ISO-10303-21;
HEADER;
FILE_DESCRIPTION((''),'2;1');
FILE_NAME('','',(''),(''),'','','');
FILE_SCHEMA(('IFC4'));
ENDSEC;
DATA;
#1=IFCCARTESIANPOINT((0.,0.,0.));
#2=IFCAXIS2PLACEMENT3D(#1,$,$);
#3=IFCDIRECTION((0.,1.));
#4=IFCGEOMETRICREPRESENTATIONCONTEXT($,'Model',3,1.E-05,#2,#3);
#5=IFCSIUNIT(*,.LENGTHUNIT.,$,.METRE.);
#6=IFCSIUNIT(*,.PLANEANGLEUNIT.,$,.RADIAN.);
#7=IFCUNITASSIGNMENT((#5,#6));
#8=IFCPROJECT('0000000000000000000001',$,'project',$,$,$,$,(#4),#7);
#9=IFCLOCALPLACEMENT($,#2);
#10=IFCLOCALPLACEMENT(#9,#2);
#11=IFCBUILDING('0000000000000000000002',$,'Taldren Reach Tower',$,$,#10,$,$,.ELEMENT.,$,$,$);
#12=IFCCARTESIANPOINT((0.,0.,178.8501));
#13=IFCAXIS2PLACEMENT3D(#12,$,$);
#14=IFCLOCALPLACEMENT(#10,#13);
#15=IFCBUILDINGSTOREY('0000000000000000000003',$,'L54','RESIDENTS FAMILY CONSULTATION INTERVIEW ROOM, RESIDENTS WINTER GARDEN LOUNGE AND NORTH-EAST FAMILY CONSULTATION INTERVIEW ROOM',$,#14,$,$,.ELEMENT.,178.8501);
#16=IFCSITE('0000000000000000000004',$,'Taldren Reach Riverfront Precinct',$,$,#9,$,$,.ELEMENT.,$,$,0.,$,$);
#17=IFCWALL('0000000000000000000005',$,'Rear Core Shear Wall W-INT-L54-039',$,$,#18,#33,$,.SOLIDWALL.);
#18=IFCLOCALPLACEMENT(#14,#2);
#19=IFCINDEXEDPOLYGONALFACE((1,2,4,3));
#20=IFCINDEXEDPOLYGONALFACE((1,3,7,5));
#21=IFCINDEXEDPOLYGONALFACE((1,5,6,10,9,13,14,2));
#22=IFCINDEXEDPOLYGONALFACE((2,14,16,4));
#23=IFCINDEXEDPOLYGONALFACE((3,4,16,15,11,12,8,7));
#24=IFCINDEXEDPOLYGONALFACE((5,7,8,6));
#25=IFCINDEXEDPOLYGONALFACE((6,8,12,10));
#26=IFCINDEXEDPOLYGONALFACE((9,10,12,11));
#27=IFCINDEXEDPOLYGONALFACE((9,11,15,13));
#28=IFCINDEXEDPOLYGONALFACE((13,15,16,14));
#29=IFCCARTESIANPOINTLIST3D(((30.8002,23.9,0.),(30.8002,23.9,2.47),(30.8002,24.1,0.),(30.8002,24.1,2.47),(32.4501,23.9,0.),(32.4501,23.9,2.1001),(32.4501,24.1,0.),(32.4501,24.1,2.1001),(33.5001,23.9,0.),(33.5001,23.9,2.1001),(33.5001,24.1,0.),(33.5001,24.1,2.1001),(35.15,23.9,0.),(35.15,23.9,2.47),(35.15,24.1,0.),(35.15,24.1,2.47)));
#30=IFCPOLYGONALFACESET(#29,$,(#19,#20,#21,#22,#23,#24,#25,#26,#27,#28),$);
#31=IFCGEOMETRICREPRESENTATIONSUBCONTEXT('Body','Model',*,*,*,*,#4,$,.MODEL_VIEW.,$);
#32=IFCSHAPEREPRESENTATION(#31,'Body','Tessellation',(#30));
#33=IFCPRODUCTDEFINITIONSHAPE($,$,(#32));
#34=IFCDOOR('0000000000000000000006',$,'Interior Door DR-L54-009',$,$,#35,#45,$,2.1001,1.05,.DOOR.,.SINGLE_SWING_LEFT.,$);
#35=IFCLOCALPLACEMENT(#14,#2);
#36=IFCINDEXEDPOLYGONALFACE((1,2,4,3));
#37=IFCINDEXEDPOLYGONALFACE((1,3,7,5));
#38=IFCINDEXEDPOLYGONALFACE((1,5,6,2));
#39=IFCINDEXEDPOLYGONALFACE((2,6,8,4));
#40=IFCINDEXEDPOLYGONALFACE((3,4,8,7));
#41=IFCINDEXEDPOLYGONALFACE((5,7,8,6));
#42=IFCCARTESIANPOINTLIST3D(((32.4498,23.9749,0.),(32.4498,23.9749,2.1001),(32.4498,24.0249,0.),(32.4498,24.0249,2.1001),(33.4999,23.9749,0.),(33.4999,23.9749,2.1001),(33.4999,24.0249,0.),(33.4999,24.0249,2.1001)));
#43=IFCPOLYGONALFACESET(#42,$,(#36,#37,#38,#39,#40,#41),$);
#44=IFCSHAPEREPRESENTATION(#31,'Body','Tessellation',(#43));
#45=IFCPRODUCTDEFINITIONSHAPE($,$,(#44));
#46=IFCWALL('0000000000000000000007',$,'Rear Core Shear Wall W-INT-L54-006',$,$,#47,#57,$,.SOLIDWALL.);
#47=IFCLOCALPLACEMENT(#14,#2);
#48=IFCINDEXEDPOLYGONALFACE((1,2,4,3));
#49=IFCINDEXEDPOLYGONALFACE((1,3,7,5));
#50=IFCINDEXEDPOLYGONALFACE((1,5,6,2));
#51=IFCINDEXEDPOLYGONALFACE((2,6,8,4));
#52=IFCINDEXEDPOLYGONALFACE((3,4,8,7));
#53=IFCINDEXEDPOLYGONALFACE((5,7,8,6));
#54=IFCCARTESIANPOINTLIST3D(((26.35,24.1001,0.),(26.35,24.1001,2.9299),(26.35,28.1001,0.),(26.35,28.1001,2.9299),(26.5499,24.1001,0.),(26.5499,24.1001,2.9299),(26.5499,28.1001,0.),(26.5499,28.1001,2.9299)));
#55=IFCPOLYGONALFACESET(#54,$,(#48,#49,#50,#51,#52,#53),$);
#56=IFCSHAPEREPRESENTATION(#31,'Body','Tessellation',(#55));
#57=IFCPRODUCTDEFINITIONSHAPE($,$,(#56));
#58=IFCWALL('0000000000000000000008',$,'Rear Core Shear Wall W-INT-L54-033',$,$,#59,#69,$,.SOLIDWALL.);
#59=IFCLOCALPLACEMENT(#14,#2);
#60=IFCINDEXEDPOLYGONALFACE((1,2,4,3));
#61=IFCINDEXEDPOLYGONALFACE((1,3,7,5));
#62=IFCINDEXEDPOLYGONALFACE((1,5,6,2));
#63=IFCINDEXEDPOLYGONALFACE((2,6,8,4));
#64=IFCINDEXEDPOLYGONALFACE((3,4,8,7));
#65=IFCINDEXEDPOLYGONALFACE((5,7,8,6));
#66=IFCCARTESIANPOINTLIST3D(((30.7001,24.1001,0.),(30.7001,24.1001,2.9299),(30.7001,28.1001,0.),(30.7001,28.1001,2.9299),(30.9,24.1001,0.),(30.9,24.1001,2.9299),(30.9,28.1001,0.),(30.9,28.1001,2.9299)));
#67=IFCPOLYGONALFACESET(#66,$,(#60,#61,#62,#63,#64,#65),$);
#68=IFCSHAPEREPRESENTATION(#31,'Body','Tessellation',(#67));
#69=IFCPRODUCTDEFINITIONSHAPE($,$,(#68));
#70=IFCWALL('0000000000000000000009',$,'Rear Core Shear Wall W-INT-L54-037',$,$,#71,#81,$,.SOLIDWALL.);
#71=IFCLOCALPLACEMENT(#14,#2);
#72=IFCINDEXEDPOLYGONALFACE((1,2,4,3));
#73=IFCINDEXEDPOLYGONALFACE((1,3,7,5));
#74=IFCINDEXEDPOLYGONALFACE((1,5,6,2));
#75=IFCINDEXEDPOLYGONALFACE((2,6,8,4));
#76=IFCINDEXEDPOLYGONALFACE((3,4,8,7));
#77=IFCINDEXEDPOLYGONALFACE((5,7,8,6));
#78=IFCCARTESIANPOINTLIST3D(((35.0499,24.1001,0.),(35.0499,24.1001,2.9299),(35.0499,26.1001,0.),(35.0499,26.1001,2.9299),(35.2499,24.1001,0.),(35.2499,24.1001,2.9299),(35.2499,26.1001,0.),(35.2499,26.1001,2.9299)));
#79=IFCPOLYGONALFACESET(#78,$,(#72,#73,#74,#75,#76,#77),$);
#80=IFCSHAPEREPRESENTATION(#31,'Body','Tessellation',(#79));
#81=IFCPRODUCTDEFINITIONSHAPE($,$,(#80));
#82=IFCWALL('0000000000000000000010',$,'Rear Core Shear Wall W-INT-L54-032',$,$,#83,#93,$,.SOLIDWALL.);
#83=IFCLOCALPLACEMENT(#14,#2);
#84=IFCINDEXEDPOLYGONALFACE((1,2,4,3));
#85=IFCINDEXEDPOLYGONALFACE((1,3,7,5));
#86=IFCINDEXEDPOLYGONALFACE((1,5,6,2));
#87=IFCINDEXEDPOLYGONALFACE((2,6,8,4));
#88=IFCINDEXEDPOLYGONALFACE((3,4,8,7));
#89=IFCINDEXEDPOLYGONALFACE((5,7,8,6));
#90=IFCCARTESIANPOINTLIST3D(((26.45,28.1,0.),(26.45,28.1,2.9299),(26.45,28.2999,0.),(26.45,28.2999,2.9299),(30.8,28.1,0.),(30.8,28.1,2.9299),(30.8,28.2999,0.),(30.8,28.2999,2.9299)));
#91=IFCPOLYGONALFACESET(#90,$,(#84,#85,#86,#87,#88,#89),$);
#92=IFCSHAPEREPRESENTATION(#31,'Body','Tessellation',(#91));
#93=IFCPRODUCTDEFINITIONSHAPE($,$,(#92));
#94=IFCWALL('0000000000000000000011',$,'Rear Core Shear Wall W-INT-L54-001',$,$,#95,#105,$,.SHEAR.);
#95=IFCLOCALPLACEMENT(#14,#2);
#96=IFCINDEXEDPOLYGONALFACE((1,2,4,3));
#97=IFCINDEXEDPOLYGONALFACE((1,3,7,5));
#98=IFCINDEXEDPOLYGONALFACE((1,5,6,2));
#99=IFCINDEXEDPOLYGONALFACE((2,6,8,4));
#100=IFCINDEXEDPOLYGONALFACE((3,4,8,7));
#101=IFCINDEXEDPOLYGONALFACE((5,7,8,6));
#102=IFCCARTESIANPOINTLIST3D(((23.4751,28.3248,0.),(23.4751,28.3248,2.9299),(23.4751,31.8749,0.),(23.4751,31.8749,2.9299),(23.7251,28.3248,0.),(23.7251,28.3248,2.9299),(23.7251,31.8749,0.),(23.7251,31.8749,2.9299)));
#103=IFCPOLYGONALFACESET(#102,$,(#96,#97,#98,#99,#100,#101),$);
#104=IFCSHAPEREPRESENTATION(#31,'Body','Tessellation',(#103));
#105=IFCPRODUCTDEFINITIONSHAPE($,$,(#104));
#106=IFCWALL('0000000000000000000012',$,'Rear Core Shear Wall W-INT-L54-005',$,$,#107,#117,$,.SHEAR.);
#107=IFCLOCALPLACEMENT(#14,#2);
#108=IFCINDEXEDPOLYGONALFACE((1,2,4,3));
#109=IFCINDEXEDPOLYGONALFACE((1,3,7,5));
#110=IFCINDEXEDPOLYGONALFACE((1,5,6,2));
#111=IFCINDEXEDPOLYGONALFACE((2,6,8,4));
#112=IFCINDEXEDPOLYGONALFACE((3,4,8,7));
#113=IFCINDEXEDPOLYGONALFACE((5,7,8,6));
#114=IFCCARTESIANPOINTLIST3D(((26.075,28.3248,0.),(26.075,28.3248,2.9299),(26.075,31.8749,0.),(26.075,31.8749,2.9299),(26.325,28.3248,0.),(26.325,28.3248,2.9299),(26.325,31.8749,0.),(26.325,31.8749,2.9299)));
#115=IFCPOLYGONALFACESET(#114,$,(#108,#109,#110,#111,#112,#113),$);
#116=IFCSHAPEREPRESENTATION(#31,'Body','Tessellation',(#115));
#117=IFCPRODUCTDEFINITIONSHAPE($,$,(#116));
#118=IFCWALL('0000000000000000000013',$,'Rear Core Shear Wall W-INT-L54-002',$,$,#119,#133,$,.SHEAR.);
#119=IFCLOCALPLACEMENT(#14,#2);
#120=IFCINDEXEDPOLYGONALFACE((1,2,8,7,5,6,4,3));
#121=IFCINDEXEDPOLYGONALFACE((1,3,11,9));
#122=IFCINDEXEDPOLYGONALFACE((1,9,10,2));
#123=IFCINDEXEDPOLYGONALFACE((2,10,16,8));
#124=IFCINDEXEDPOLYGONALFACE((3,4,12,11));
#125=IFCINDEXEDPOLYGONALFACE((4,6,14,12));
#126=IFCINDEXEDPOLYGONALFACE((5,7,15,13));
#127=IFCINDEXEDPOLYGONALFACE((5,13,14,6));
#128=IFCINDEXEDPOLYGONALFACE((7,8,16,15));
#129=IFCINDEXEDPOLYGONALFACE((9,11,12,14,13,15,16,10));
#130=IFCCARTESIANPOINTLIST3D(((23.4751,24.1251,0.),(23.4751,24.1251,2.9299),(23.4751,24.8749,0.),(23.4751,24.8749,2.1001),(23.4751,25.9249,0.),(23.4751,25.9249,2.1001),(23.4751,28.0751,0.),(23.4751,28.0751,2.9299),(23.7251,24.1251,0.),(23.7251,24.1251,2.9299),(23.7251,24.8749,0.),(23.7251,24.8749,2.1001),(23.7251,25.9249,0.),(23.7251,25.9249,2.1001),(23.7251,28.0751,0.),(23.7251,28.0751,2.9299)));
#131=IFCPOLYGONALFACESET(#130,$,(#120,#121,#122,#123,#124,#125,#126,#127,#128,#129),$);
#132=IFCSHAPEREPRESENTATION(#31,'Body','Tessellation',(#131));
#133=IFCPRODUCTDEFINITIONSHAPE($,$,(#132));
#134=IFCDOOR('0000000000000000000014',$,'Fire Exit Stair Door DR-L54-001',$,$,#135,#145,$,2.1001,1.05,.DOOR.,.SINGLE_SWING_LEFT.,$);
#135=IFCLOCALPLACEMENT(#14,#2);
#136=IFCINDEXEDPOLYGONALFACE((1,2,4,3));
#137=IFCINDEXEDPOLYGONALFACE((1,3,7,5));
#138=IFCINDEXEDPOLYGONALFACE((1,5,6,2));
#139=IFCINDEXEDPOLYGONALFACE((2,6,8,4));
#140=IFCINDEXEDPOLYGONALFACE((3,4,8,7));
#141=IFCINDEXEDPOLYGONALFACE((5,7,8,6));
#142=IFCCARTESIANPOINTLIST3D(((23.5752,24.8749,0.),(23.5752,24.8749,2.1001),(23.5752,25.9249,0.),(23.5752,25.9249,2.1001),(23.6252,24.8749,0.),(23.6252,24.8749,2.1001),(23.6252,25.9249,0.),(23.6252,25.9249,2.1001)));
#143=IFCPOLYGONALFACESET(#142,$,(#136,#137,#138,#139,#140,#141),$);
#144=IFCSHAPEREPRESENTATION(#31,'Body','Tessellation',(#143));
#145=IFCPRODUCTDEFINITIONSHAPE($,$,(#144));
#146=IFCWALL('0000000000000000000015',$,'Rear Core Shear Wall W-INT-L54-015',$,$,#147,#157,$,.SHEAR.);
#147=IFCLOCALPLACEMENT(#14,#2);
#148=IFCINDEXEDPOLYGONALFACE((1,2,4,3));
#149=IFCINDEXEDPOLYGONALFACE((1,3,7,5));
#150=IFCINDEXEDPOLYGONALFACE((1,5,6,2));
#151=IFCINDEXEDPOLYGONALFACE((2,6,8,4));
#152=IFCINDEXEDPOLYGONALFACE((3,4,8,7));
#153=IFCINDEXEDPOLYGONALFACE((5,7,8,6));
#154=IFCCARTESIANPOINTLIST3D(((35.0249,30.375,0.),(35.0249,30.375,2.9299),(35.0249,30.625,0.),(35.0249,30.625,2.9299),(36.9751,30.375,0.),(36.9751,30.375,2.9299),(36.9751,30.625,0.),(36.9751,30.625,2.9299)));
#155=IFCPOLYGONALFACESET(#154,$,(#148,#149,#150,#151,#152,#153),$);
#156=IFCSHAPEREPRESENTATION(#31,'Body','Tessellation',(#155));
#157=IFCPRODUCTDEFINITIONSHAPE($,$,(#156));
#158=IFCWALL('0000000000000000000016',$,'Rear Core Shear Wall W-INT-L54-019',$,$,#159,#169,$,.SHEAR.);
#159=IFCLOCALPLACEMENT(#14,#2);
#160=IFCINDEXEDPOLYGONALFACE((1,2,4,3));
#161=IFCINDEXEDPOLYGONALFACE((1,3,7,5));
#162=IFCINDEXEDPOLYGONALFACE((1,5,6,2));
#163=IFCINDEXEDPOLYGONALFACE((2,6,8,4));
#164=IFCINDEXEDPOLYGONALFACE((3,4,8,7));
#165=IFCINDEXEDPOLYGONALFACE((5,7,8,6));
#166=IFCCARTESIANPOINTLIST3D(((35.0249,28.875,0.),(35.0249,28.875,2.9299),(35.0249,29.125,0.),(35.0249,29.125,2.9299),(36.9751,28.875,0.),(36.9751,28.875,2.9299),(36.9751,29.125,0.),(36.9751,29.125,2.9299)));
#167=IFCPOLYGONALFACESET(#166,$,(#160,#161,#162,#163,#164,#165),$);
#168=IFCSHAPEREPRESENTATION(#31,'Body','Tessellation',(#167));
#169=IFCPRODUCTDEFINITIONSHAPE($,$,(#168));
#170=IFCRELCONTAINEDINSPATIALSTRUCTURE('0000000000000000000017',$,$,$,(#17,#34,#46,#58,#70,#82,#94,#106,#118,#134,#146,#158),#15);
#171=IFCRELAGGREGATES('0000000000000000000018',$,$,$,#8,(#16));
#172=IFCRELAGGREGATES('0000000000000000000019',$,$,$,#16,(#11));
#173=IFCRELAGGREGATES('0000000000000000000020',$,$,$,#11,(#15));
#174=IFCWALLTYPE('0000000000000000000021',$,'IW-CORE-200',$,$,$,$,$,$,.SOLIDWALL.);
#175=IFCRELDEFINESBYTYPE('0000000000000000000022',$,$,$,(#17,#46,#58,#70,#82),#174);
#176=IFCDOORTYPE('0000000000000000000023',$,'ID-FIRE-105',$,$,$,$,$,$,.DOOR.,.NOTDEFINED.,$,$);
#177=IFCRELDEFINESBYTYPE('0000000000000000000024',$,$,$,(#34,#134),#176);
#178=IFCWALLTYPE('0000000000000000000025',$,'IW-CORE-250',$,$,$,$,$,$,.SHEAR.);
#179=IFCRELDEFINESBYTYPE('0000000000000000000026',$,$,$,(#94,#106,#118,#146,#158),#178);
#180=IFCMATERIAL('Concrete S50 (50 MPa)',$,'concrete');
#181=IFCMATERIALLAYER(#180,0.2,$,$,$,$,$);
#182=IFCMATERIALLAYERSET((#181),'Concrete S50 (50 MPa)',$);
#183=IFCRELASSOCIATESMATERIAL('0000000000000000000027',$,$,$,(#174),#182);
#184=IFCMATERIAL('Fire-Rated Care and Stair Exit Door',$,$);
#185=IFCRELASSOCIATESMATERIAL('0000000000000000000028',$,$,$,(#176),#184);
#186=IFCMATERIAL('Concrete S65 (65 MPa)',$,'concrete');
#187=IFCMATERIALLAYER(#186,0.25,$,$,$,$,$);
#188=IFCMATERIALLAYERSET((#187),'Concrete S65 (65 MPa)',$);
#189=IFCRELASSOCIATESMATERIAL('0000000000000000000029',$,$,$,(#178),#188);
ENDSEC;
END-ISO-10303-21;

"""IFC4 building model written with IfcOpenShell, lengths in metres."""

from ifc_helpers import new_model, si_unit, direction, frame, frame_2d, origin, place, context, subcontext, project, spatial, rectangle, extrude, source, transform, mapped, material, layer, layer_set, type_object, element, fill, save


model = new_model("IFC4")

# Units and contexts
model_context = context("Model", 3, precision=1e-05, world=origin(), true_north=direction((0.0, 1.0)))
body_context = subcontext(model_context, "Body", "Model", "MODEL_VIEW")
ifc_project = project(units=[si_unit("LENGTHUNIT", "METRE"), si_unit("PLANEANGLEUNIT", "RADIAN")], contexts=[model_context])

# Site, building, storey
site_placement = place(None, origin())
site = spatial("IfcSite", under=ifc_project, at=site_placement, Name="Taldren Reach Riverfront Precinct", CompositionType="ELEMENT", RefElevation=0.0)
building_placement = place(site_placement, origin())
building = spatial("IfcBuilding", under=site, at=building_placement, Name="Taldren Reach Tower", CompositionType="ELEMENT")
storey_placement = place(building_placement, frame((0.0, 0.0, 178.8501)))
storey = spatial("IfcBuildingStorey", under=building, at=storey_placement, Name="L54", Description="RESIDENTS FAMILY CONSULTATION INTERVIEW ROOM, RESIDENTS WINTER GARDEN LOUNGE AND NORTH-EAST FAMILY CONSULTATION INTERVIEW ROOM", CompositionType="ELEMENT", Elevation=178.8501)

# Wall, opening, door
ifc_material_1 = material(Name="Concrete S50 (50 MPa)", Category="concrete")
ifc_layer_1 = layer(ifc_material_1, 0.2)
ifc_layer_set_1 = layer_set([ifc_layer_1], Name="Concrete S50 (50 MPa)")
wall_type_1 = type_object("IfcWallType", Name="IW-CORE-200", PredefinedType="SOLIDWALL", material=ifc_layer_set_1)
shared_shape_1 = source(origin(), body_context, "Body", "SweptSolid", [
    extrude(rectangle(XDim=1.05, YDim=2.1001, at=frame_2d((0.5249, 1.05))), frame((0.0, 0.1099, 0.0), z_axis=(0.0, -1.0, 0.0), x_axis=(1.0, 0.0, 0.0)), (0.0, 0.0, 1.0), 0.22),
])
ifc_material_2 = material(Name="Fire-Rated Care and Stair Exit Door")
door_type = type_object("IfcDoorType", Name="ID-FIRE-105", OperationType="NOTDEFINED", PredefinedType="DOOR", material=ifc_material_2)
shared_shape_2 = source(origin(), body_context, "Body", "SweptSolid", [
    extrude(rectangle(XDim=1.05, YDim=2.1001, at=frame_2d((0.5249, 1.05))), frame((0.0, 0.0249, 0.0), z_axis=(0.0, -1.0, 0.0), x_axis=(1.0, 0.0, 0.0)), (0.0, 0.0, 1.0), 0.05),
])
shared_shape_3 = source(origin(), body_context, "Body", "SweptSolid", [
    extrude(rectangle(XDim=4.3499, YDim=0.2, at=frame_2d((2.1748, 0.0))), origin(), (0.0, 0.0, 1.0), 2.47),
])
wall_1_placement = place(storey_placement, frame((35.1499, 24.0, 0.0), z_axis=(0.0, 0.0, 1.0), x_axis=(-1.0, 0.0, 0.0)))
wall_1 = element("IfcWall", 1, at=wall_1_placement, inside=storey, type_object=wall_type_1, Name="Rear Core Shear Wall W-INT-L54-039", PredefinedType="SOLIDWALL", context=body_context, shape_type="MappedRepresentation", body=[
    mapped(shared_shape_3, transform((0.0, 0.0, 0.0), scale=1.0)),
])
opening_1_placement = place(wall_1_placement, frame((1.6499, 0.0, 0.0)))
opening_1 = element("IfcOpeningElement", 2, at=opening_1_placement, cuts=wall_1, PredefinedType="OPENING", context=body_context, shape_type="MappedRepresentation", body=[
    mapped(shared_shape_1, transform((0.0, 0.0, 0.0), scale=1.0)),
])
door_1_placement = place(opening_1_placement, frame((1.05, 0.0, 0.0), z_axis=(0.0, 0.0, 1.0), x_axis=(-1.0, 0.0, 0.0)))
door_1 = element("IfcDoor", 3, at=door_1_placement, inside=storey, type_object=door_type, Name="Interior Door DR-L54-009", OperationType="SINGLE_SWING_LEFT", OverallHeight=2.1001, OverallWidth=1.05, PredefinedType="DOOR", context=body_context, shape_type="MappedRepresentation", body=[
    mapped(shared_shape_2, transform((0.0, 0.0, 0.0), scale=1.0)),
])
fill(opening_1, door_1)

# Walls
shared_shape_4 = source(origin(), body_context, "Body", "SweptSolid", [
    extrude(rectangle(XDim=4.0, YDim=0.2, at=frame_2d((2.0, 0.0))), origin(), (0.0, 0.0, 1.0), 2.9299),
])
for number, where, z_axis, x_axis, name in (
    (4, (26.45, 24.1001, 0.0), (0.0, 0.0, 1.0), (0.0, 1.0, 0.0), "Rear Core Shear Wall W-INT-L54-006"),
    (5, (30.8, 28.1001, 0.0), (0.0, 0.0, 1.0), (0.0, -1.0, 0.0), "Rear Core Shear Wall W-INT-L54-033"),
):
    element("IfcWall", number, at=place(storey_placement, frame(where, z_axis=z_axis, x_axis=x_axis)), inside=storey, type_object=wall_type_1, Name=name, PredefinedType="SOLIDWALL", context=body_context, shape_type="MappedRepresentation", body=[
        mapped(shared_shape_4, transform((0.0, 0.0, 0.0), scale=1.0)),
    ])
shared_shape_5 = source(origin(), body_context, "Body", "SweptSolid", [
    extrude(rectangle(XDim=2.0, YDim=0.2, at=frame_2d((1.0, 0.0))), origin(), (0.0, 0.0, 1.0), 2.9299),
])
wall_2_placement = place(storey_placement, frame((35.1499, 26.1001, 0.0), z_axis=(0.0, 0.0, 1.0), x_axis=(0.0, -1.0, 0.0)))
element("IfcWall", 6, at=wall_2_placement, inside=storey, type_object=wall_type_1, Name="Rear Core Shear Wall W-INT-L54-037", PredefinedType="SOLIDWALL", context=body_context, shape_type="MappedRepresentation", body=[
    mapped(shared_shape_5, transform((0.0, 0.0, 0.0), scale=1.0)),
])
shared_shape_6 = source(origin(), body_context, "Body", "SweptSolid", [
    extrude(rectangle(XDim=4.3501, YDim=0.2, at=frame_2d((2.175, 0.0))), origin(), (0.0, 0.0, 1.0), 2.9299),
])
wall_3_placement = place(storey_placement, frame((26.45, 28.2, 0.0), z_axis=(0.0, 0.0, 1.0), x_axis=(1.0, 0.0, 0.0)))
element("IfcWall", 7, at=wall_3_placement, inside=storey, type_object=wall_type_1, Name="Rear Core Shear Wall W-INT-L54-032", PredefinedType="SOLIDWALL", context=body_context, shape_type="MappedRepresentation", body=[
    mapped(shared_shape_6, transform((0.0, 0.0, 0.0), scale=1.0)),
])
ifc_material_3 = material(Name="Concrete S65 (65 MPa)", Category="concrete")
ifc_layer_2 = layer(ifc_material_3, 0.25)
ifc_layer_set_2 = layer_set([ifc_layer_2], Name="Concrete S65 (65 MPa)")
wall_type_2 = type_object("IfcWallType", Name="IW-CORE-250", PredefinedType="SHEAR", material=ifc_layer_set_2)
shared_shape_7 = source(origin(), body_context, "Body", "SweptSolid", [
    extrude(rectangle(XDim=3.55, YDim=0.25, at=frame_2d((1.7749, 0.0))), origin(), (0.0, 0.0, 1.0), 2.9299),
])
for number, where, z_axis, x_axis, name in (
    (8, (23.6001, 28.325, 0.0), (0.0, 0.0, 1.0), (0.0, 1.0, 0.0), "Rear Core Shear Wall W-INT-L54-001"),
    (9, (26.2, 28.325, 0.0), (0.0, 0.0, 1.0), (0.0, 1.0, 0.0), "Rear Core Shear Wall W-INT-L54-005"),
):
    element("IfcWall", number, at=place(storey_placement, frame(where, z_axis=z_axis, x_axis=x_axis)), inside=storey, type_object=wall_type_2, Name=name, PredefinedType="SHEAR", context=body_context, shape_type="MappedRepresentation", body=[
        mapped(shared_shape_7, transform((0.0, 0.0, 0.0), scale=1.0)),
    ])

# Wall, opening, door
shared_shape_8 = source(origin(), body_context, "Body", "SweptSolid", [
    extrude(rectangle(XDim=3.95, YDim=0.25, at=frame_2d((1.9751, 0.0))), origin(), (0.0, 0.0, 1.0), 2.9299),
])
wall_4_placement = place(storey_placement, frame((23.6001, 24.125, 0.0), z_axis=(0.0, 0.0, 1.0), x_axis=(0.0, 1.0, 0.0)))
wall_4 = element("IfcWall", 10, at=wall_4_placement, inside=storey, type_object=wall_type_2, Name="Rear Core Shear Wall W-INT-L54-002", PredefinedType="SHEAR", context=body_context, shape_type="MappedRepresentation", body=[
    mapped(shared_shape_8, transform((0.0, 0.0, 0.0), scale=1.0)),
])
shared_shape_9 = source(origin(), body_context, "Body", "SweptSolid", [
    extrude(rectangle(XDim=1.05, YDim=2.1001, at=frame_2d((0.5249, 1.05))), frame((0.0, 0.135, 0.0), z_axis=(0.0, -1.0, 0.0), x_axis=(1.0, 0.0, 0.0)), (0.0, 0.0, 1.0), 0.27),
])
opening_2_placement = place(wall_4_placement, frame((0.75, 0.0, 0.0)))
opening_2 = element("IfcOpeningElement", 11, at=opening_2_placement, cuts=wall_4, PredefinedType="OPENING", context=body_context, shape_type="MappedRepresentation", body=[
    mapped(shared_shape_9, transform((0.0, 0.0, 0.0), scale=1.0)),
])
door_2_placement = place(opening_2_placement, origin())
door_2 = element("IfcDoor", 12, at=door_2_placement, inside=storey, type_object=door_type, Name="Fire Exit Stair Door DR-L54-001", OperationType="SINGLE_SWING_LEFT", OverallHeight=2.1001, OverallWidth=1.05, PredefinedType="DOOR", context=body_context, shape_type="MappedRepresentation", body=[
    mapped(shared_shape_2, transform((0.0, 0.0, 0.0), scale=1.0)),
])
fill(opening_2, door_2)

# Walls
shared_shape_10 = source(origin(), body_context, "Body", "SweptSolid", [
    extrude(rectangle(XDim=1.9502, YDim=0.25, at=frame_2d((0.9751, 0.0))), origin(), (0.0, 0.0, 1.0), 2.9299),
])
for number, where, z_axis, x_axis, name in (
    (13, (35.0249, 30.5, 0.0), (0.0, 0.0, 1.0), (1.0, 0.0, 0.0), "Rear Core Shear Wall W-INT-L54-015"),
    (14, (35.0249, 29.0, 0.0), (0.0, 0.0, 1.0), (1.0, 0.0, 0.0), "Rear Core Shear Wall W-INT-L54-019"),
):
    element("IfcWall", number, at=place(storey_placement, frame(where, z_axis=z_axis, x_axis=x_axis)), inside=storey, type_object=wall_type_2, Name=name, PredefinedType="SHEAR", context=body_context, shape_type="MappedRepresentation", body=[
        mapped(shared_shape_10, transform((0.0, 0.0, 0.0), scale=1.0)),
    ])

save(model, "model.ifc")
